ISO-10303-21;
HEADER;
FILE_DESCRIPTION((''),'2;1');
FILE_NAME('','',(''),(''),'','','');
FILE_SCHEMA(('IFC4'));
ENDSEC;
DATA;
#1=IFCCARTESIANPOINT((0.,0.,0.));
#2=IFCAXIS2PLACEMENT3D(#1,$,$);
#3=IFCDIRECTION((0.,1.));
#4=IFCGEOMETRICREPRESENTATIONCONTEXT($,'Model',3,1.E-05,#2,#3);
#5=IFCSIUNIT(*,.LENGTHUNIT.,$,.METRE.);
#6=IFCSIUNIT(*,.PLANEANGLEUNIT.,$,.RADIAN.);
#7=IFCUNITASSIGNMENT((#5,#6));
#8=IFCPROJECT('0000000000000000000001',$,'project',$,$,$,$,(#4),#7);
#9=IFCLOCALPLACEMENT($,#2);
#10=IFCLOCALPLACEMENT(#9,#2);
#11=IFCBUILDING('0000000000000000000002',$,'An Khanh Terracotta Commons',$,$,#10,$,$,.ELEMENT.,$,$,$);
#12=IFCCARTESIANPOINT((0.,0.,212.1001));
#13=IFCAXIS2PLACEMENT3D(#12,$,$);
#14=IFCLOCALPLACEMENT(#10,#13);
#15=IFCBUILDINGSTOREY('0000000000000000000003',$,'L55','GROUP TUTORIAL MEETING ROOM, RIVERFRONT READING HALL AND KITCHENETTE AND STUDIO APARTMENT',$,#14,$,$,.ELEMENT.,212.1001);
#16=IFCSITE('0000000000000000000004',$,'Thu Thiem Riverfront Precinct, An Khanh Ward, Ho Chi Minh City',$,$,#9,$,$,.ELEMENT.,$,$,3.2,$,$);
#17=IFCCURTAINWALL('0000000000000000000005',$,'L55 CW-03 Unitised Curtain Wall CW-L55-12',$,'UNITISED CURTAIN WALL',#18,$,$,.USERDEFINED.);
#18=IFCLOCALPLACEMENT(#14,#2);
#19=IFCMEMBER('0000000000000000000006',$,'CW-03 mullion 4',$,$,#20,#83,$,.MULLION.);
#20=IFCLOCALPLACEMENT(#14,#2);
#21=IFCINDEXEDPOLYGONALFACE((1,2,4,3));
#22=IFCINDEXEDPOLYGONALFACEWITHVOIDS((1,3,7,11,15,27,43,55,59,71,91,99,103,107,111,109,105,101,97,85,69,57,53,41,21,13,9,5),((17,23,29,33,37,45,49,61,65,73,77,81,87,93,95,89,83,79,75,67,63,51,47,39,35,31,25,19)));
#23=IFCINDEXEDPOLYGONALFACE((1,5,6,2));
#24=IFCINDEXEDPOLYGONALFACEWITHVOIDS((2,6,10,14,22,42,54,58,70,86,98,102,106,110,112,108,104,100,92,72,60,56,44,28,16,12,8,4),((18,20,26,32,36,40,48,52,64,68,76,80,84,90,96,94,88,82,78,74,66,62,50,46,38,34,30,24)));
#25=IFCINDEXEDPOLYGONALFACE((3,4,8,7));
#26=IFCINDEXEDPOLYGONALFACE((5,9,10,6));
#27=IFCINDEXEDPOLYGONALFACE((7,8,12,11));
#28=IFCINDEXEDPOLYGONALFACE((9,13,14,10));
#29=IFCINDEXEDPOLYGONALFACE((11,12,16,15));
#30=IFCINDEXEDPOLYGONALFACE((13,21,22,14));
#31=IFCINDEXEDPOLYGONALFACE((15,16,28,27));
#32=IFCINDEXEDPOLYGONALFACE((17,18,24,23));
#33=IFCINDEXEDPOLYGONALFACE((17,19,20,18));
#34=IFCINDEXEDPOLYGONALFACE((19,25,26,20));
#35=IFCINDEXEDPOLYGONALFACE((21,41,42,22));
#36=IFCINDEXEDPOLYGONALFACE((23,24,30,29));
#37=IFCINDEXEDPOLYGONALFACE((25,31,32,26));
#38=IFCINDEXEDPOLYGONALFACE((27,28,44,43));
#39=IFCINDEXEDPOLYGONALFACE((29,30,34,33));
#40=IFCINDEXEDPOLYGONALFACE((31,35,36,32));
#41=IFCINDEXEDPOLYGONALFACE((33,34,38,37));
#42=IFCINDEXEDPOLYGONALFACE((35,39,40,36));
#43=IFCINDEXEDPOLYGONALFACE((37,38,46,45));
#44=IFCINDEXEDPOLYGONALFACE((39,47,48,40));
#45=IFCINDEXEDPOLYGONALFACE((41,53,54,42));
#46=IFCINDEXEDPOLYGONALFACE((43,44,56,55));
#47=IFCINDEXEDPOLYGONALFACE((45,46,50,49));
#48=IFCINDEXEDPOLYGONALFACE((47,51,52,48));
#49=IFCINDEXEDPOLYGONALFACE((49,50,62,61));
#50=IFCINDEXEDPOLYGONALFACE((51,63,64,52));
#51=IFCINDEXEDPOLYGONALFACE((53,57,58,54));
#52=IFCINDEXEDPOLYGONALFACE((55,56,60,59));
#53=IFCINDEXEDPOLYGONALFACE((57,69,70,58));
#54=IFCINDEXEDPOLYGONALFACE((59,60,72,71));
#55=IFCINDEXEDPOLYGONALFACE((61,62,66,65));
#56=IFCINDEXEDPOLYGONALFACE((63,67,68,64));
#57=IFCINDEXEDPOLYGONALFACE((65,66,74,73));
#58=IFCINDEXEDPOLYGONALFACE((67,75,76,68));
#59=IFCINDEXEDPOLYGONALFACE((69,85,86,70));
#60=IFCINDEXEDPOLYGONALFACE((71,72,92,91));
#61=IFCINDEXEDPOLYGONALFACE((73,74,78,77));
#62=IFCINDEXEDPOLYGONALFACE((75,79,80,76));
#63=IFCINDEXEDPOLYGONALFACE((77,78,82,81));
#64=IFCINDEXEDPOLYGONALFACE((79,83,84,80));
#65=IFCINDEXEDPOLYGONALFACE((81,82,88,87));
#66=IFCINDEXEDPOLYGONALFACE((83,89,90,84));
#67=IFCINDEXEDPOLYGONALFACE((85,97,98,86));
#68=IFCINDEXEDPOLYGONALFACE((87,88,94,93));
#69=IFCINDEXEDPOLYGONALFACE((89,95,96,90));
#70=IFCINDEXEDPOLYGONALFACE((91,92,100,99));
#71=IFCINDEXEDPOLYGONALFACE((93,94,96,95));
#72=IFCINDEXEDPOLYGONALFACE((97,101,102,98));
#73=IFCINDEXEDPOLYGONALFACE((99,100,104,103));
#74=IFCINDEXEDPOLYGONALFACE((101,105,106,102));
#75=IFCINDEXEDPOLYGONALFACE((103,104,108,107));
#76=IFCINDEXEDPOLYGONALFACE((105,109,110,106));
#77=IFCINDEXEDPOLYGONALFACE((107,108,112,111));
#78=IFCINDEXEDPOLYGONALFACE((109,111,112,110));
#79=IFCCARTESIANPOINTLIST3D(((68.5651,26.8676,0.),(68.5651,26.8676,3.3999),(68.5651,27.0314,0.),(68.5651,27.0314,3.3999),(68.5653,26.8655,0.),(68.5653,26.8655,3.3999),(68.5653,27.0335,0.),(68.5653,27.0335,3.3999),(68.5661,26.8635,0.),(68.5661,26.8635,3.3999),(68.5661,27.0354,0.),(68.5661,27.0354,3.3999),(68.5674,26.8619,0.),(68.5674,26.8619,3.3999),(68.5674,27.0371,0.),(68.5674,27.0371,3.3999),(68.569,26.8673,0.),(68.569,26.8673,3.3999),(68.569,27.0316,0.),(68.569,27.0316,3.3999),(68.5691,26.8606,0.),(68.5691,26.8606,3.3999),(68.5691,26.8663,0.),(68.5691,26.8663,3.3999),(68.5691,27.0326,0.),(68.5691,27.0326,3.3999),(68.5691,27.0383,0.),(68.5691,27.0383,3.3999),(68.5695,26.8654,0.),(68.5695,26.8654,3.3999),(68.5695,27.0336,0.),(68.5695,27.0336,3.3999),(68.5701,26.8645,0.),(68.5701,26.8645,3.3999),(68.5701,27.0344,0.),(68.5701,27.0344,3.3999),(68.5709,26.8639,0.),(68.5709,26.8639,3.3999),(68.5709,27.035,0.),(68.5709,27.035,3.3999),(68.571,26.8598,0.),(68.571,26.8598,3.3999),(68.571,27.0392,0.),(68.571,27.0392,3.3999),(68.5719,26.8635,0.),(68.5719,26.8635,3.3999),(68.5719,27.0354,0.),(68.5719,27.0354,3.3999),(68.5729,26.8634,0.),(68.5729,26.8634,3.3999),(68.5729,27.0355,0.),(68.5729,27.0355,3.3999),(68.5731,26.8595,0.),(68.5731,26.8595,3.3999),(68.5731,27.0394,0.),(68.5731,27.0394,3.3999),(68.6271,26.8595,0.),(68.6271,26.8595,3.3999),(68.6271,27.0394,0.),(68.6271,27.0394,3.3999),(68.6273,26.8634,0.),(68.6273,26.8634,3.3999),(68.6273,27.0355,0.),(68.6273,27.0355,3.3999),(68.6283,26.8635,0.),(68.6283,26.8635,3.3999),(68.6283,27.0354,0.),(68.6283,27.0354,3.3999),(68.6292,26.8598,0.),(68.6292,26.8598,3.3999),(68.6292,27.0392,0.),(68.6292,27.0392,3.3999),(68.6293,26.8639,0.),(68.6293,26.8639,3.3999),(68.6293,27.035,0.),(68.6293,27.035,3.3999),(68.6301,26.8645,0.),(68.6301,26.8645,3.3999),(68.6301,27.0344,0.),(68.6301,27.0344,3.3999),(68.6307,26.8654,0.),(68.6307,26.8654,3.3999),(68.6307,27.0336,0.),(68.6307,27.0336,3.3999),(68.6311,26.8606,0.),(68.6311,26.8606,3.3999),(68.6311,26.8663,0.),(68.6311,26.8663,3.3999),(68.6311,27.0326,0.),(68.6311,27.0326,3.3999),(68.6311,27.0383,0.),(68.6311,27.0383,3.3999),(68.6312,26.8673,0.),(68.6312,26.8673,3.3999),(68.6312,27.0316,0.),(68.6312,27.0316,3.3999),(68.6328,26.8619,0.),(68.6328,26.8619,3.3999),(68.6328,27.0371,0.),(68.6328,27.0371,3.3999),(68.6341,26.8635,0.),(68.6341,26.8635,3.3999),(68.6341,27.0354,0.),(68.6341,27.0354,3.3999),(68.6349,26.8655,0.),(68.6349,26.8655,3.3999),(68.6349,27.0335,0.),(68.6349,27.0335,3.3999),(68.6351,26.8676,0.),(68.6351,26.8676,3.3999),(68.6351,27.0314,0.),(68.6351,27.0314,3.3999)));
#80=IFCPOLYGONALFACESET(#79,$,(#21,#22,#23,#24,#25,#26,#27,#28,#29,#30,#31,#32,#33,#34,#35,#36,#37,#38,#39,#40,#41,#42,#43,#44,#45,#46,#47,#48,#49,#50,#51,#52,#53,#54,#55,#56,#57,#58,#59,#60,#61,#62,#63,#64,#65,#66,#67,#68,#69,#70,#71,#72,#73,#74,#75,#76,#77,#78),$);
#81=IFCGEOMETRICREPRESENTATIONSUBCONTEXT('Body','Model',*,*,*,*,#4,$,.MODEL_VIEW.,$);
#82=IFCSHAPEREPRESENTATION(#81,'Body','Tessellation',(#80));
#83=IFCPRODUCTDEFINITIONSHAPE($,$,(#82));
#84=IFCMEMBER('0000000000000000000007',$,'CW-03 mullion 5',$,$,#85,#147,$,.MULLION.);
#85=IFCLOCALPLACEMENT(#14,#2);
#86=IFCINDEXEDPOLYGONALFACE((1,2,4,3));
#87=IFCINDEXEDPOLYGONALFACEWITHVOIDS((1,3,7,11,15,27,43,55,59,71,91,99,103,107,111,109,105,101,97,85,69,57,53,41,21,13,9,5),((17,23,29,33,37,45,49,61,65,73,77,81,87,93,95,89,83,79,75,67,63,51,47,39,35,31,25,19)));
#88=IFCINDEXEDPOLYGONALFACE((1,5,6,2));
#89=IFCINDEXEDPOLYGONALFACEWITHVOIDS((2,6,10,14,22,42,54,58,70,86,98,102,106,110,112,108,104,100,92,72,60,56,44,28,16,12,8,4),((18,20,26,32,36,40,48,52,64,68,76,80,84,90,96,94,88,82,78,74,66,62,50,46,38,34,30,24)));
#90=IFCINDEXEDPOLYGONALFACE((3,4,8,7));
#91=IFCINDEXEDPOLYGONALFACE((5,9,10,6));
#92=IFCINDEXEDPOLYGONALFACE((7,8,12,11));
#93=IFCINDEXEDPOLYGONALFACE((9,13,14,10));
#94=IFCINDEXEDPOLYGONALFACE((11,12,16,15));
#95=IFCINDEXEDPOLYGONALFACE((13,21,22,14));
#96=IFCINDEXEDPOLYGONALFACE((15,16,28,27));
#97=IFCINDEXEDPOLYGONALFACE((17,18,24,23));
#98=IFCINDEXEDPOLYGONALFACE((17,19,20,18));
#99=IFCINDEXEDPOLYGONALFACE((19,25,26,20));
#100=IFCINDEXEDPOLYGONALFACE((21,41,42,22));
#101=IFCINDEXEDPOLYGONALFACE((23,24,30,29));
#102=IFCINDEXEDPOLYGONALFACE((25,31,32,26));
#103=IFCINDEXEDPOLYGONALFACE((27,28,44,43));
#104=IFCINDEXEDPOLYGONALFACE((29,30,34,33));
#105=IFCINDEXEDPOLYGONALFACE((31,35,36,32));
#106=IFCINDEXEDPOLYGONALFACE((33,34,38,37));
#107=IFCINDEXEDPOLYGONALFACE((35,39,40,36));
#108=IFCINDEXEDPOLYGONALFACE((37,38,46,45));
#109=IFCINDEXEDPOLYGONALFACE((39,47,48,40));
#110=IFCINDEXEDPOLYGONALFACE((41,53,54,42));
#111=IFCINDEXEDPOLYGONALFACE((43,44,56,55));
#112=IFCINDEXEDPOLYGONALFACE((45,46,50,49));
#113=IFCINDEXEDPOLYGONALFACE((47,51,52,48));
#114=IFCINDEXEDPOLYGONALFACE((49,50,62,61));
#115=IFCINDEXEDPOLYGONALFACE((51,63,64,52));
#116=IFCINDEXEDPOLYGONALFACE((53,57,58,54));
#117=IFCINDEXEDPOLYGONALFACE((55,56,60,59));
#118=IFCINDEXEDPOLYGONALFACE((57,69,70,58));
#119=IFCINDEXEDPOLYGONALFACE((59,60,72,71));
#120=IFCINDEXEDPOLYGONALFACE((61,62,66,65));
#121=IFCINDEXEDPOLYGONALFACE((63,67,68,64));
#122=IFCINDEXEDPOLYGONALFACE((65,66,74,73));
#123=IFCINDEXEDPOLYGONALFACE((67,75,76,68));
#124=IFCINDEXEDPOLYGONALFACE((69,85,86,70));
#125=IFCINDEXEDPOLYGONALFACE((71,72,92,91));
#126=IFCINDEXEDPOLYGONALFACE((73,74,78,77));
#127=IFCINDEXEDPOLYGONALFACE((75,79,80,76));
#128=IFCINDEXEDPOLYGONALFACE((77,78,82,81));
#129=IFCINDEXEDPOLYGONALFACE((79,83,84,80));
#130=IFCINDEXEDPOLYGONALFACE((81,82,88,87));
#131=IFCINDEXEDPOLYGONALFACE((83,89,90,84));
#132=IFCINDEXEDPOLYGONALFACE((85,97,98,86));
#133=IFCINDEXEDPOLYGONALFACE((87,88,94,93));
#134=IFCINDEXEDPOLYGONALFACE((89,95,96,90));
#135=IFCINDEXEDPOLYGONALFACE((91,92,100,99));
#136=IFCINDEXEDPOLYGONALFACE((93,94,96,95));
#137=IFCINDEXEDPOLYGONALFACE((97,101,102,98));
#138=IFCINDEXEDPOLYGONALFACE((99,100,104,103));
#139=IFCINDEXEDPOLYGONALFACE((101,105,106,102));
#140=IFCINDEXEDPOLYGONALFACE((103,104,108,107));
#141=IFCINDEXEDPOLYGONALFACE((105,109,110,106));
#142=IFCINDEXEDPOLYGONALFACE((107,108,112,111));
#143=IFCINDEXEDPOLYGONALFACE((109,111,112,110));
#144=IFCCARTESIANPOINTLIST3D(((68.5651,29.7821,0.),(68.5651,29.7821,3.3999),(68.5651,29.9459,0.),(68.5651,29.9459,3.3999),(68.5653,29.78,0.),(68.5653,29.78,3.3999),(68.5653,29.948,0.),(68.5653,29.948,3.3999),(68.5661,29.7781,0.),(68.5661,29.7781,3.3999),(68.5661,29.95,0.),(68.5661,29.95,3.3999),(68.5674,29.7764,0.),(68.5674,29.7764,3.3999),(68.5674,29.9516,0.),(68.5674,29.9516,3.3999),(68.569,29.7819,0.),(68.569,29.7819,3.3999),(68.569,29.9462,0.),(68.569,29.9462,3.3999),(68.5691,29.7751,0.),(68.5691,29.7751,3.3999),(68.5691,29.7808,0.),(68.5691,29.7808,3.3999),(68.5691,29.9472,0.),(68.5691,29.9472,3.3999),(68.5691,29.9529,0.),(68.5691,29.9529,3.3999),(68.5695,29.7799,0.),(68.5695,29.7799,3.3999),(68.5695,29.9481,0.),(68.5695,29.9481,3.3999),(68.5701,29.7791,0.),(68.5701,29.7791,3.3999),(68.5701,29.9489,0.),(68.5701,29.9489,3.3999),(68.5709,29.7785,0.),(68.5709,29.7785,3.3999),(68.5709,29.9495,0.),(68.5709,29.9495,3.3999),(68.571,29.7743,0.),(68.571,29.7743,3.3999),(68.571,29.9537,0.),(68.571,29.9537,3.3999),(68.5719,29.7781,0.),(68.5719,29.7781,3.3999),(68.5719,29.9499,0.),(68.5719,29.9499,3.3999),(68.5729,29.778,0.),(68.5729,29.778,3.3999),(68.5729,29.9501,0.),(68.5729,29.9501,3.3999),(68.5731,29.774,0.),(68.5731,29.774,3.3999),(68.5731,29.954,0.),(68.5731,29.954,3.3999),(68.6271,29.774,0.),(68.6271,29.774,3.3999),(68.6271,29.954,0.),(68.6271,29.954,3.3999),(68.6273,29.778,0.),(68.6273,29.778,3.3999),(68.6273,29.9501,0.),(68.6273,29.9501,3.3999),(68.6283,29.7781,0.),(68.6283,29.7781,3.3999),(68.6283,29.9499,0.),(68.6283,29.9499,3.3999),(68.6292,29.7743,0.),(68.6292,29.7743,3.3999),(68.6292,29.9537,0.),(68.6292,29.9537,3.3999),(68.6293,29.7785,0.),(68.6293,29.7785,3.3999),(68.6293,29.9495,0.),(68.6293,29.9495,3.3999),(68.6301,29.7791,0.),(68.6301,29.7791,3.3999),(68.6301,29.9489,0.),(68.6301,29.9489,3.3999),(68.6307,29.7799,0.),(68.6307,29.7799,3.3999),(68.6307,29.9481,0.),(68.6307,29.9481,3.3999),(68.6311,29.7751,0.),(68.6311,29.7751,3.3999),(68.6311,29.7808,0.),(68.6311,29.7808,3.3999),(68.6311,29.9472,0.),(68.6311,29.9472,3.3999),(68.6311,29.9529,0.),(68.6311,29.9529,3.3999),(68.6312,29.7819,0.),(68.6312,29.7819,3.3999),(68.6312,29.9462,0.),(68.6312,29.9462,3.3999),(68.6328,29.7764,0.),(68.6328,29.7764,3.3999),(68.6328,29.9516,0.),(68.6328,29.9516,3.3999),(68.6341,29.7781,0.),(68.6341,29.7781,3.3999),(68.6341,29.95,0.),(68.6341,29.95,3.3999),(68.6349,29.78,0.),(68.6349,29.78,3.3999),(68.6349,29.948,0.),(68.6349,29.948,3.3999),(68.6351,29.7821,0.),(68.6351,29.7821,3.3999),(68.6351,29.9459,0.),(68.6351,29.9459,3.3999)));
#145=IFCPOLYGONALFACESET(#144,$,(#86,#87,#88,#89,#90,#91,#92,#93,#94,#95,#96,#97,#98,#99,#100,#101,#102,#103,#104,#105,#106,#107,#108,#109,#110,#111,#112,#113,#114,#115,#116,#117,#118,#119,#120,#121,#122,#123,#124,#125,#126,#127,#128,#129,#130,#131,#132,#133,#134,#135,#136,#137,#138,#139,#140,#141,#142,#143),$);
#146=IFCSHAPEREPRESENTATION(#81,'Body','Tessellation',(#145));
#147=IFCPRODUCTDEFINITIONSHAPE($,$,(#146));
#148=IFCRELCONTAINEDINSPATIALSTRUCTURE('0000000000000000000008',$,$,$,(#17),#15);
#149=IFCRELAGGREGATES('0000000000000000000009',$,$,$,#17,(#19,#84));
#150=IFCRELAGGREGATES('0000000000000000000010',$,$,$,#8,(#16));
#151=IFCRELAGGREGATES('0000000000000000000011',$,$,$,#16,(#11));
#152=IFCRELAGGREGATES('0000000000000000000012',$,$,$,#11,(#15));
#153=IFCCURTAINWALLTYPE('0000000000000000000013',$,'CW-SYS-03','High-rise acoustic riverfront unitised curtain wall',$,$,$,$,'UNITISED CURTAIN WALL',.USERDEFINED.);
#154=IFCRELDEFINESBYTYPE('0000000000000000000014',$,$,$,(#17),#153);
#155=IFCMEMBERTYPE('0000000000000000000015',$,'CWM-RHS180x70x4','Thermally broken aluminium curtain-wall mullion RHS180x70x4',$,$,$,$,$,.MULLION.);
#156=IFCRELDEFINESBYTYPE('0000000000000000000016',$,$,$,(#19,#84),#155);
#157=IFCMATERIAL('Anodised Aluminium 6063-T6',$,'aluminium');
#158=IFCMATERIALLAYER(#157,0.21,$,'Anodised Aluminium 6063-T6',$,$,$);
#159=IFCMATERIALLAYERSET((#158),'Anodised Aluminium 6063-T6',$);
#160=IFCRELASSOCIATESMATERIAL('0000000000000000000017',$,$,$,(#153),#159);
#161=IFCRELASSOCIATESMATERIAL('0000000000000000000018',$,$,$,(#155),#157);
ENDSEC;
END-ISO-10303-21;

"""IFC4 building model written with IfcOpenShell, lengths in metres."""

from ifc_helpers import new_model, si_unit, direction, frame, origin, origin_2d, place, context, subcontext, project, spatial, hollow_rectangle, extrude, material, layer, layer_set, material_profile, profile_set, type_object, element, aggregate, save


model = new_model("IFC4")

# Units and contexts
model_context = context("Model", 3, precision=1e-05, world=origin(), true_north=direction((0.0, 1.0)))
body_context = subcontext(model_context, "Body", "Model", "MODEL_VIEW")
ifc_project = project(units=[si_unit("LENGTHUNIT", "METRE"), si_unit("PLANEANGLEUNIT", "RADIAN")], contexts=[model_context])

# Site, building, storey
site_placement = place(None, origin())
site = spatial("IfcSite", under=ifc_project, at=site_placement, Name="Thu Thiem Riverfront Precinct, An Khanh Ward, Ho Chi Minh City", CompositionType="ELEMENT", RefElevation=3.2)
building_placement = place(site_placement, origin())
building = spatial("IfcBuilding", under=site, at=building_placement, Name="An Khanh Terracotta Commons", CompositionType="ELEMENT")
storey_placement = place(building_placement, frame((0.0, 0.0, 212.1001)))
storey = spatial("IfcBuildingStorey", under=building, at=storey_placement, Name="L55", Description="GROUP TUTORIAL MEETING ROOM, RIVERFRONT READING HALL AND KITCHENETTE AND STUDIO APARTMENT", CompositionType="ELEMENT", Elevation=212.1001)

# Curtain wall, members
ifc_material_1 = material(Name="Anodised Aluminium 6063-T6", Category="aluminium")
ifc_layer_1 = layer(ifc_material_1, 0.21, Name="Anodised Aluminium 6063-T6")
ifc_layer_set_1 = layer_set([ifc_layer_1], Name="Anodised Aluminium 6063-T6")
curtain_wall_type = type_object("IfcCurtainWallType", Name="CW-SYS-03", Description="High-rise acoustic riverfront unitised curtain wall", ElementType="UNITISED CURTAIN WALL", PredefinedType="USERDEFINED", material=ifc_layer_set_1)
curtain_wall_1_placement = place(storey_placement, origin())
curtain_wall_1 = element("IfcCurtainWall", 1, at=curtain_wall_1_placement, inside=storey, type_object=curtain_wall_type, Name="L55 CW-03 Unitised Curtain Wall CW-L55-12", ObjectType="UNITISED CURTAIN WALL", PredefinedType="USERDEFINED")
ifc_material_profile_1 = material_profile(ifc_material_1, hollow_rectangle(XDim=0.0701, YDim=0.1799, WallThickness=0.0039, InnerFilletRadius=0.0039, OuterFilletRadius=0.0081, at=origin_2d()), Name="RHS180x70x4")
ifc_profile_set_1 = profile_set([ifc_material_profile_1], Name="Anodised Aluminium 6063-T6")
member_type_1 = type_object("IfcMemberType", Name="CWM-RHS180x70x4", Description="Thermally broken aluminium curtain-wall mullion RHS180x70x4", PredefinedType="MULLION", material=ifc_profile_set_1)
member_1_placement = place(storey_placement, frame((68.6001, 26.9495, 0.0), z_axis=(0.0, 0.0, 1.0), x_axis=(-1.0, 0.0, 0.0)))
member_1 = element("IfcMember", 2, at=member_1_placement, type_object=member_type_1, Name="CW-03 mullion 4", PredefinedType="MULLION", context=body_context, shape_type="SweptSolid", body=[
    extrude(hollow_rectangle(XDim=0.0701, YDim=0.1799, WallThickness=0.0039, InnerFilletRadius=0.0039, OuterFilletRadius=0.0081, at=origin_2d()), origin(), (0.0, 0.0, 1.0), 3.3999),
])
member_2_placement = place(storey_placement, frame((68.6001, 29.864, 0.0), z_axis=(0.0, 0.0, 1.0), x_axis=(-1.0, 0.0, 0.0)))
member_2 = element("IfcMember", 3, at=member_2_placement, type_object=member_type_1, Name="CW-03 mullion 5", PredefinedType="MULLION", context=body_context, shape_type="SweptSolid", body=[
    extrude(hollow_rectangle(XDim=0.0701, YDim=0.1799, WallThickness=0.0039, InnerFilletRadius=0.0039, OuterFilletRadius=0.0081, at=origin_2d()), origin(), (0.0, 0.0, 1.0), 3.3999),
])

aggregate(curtain_wall_1, [member_1, member_2])

save(model, "model.ifc")
